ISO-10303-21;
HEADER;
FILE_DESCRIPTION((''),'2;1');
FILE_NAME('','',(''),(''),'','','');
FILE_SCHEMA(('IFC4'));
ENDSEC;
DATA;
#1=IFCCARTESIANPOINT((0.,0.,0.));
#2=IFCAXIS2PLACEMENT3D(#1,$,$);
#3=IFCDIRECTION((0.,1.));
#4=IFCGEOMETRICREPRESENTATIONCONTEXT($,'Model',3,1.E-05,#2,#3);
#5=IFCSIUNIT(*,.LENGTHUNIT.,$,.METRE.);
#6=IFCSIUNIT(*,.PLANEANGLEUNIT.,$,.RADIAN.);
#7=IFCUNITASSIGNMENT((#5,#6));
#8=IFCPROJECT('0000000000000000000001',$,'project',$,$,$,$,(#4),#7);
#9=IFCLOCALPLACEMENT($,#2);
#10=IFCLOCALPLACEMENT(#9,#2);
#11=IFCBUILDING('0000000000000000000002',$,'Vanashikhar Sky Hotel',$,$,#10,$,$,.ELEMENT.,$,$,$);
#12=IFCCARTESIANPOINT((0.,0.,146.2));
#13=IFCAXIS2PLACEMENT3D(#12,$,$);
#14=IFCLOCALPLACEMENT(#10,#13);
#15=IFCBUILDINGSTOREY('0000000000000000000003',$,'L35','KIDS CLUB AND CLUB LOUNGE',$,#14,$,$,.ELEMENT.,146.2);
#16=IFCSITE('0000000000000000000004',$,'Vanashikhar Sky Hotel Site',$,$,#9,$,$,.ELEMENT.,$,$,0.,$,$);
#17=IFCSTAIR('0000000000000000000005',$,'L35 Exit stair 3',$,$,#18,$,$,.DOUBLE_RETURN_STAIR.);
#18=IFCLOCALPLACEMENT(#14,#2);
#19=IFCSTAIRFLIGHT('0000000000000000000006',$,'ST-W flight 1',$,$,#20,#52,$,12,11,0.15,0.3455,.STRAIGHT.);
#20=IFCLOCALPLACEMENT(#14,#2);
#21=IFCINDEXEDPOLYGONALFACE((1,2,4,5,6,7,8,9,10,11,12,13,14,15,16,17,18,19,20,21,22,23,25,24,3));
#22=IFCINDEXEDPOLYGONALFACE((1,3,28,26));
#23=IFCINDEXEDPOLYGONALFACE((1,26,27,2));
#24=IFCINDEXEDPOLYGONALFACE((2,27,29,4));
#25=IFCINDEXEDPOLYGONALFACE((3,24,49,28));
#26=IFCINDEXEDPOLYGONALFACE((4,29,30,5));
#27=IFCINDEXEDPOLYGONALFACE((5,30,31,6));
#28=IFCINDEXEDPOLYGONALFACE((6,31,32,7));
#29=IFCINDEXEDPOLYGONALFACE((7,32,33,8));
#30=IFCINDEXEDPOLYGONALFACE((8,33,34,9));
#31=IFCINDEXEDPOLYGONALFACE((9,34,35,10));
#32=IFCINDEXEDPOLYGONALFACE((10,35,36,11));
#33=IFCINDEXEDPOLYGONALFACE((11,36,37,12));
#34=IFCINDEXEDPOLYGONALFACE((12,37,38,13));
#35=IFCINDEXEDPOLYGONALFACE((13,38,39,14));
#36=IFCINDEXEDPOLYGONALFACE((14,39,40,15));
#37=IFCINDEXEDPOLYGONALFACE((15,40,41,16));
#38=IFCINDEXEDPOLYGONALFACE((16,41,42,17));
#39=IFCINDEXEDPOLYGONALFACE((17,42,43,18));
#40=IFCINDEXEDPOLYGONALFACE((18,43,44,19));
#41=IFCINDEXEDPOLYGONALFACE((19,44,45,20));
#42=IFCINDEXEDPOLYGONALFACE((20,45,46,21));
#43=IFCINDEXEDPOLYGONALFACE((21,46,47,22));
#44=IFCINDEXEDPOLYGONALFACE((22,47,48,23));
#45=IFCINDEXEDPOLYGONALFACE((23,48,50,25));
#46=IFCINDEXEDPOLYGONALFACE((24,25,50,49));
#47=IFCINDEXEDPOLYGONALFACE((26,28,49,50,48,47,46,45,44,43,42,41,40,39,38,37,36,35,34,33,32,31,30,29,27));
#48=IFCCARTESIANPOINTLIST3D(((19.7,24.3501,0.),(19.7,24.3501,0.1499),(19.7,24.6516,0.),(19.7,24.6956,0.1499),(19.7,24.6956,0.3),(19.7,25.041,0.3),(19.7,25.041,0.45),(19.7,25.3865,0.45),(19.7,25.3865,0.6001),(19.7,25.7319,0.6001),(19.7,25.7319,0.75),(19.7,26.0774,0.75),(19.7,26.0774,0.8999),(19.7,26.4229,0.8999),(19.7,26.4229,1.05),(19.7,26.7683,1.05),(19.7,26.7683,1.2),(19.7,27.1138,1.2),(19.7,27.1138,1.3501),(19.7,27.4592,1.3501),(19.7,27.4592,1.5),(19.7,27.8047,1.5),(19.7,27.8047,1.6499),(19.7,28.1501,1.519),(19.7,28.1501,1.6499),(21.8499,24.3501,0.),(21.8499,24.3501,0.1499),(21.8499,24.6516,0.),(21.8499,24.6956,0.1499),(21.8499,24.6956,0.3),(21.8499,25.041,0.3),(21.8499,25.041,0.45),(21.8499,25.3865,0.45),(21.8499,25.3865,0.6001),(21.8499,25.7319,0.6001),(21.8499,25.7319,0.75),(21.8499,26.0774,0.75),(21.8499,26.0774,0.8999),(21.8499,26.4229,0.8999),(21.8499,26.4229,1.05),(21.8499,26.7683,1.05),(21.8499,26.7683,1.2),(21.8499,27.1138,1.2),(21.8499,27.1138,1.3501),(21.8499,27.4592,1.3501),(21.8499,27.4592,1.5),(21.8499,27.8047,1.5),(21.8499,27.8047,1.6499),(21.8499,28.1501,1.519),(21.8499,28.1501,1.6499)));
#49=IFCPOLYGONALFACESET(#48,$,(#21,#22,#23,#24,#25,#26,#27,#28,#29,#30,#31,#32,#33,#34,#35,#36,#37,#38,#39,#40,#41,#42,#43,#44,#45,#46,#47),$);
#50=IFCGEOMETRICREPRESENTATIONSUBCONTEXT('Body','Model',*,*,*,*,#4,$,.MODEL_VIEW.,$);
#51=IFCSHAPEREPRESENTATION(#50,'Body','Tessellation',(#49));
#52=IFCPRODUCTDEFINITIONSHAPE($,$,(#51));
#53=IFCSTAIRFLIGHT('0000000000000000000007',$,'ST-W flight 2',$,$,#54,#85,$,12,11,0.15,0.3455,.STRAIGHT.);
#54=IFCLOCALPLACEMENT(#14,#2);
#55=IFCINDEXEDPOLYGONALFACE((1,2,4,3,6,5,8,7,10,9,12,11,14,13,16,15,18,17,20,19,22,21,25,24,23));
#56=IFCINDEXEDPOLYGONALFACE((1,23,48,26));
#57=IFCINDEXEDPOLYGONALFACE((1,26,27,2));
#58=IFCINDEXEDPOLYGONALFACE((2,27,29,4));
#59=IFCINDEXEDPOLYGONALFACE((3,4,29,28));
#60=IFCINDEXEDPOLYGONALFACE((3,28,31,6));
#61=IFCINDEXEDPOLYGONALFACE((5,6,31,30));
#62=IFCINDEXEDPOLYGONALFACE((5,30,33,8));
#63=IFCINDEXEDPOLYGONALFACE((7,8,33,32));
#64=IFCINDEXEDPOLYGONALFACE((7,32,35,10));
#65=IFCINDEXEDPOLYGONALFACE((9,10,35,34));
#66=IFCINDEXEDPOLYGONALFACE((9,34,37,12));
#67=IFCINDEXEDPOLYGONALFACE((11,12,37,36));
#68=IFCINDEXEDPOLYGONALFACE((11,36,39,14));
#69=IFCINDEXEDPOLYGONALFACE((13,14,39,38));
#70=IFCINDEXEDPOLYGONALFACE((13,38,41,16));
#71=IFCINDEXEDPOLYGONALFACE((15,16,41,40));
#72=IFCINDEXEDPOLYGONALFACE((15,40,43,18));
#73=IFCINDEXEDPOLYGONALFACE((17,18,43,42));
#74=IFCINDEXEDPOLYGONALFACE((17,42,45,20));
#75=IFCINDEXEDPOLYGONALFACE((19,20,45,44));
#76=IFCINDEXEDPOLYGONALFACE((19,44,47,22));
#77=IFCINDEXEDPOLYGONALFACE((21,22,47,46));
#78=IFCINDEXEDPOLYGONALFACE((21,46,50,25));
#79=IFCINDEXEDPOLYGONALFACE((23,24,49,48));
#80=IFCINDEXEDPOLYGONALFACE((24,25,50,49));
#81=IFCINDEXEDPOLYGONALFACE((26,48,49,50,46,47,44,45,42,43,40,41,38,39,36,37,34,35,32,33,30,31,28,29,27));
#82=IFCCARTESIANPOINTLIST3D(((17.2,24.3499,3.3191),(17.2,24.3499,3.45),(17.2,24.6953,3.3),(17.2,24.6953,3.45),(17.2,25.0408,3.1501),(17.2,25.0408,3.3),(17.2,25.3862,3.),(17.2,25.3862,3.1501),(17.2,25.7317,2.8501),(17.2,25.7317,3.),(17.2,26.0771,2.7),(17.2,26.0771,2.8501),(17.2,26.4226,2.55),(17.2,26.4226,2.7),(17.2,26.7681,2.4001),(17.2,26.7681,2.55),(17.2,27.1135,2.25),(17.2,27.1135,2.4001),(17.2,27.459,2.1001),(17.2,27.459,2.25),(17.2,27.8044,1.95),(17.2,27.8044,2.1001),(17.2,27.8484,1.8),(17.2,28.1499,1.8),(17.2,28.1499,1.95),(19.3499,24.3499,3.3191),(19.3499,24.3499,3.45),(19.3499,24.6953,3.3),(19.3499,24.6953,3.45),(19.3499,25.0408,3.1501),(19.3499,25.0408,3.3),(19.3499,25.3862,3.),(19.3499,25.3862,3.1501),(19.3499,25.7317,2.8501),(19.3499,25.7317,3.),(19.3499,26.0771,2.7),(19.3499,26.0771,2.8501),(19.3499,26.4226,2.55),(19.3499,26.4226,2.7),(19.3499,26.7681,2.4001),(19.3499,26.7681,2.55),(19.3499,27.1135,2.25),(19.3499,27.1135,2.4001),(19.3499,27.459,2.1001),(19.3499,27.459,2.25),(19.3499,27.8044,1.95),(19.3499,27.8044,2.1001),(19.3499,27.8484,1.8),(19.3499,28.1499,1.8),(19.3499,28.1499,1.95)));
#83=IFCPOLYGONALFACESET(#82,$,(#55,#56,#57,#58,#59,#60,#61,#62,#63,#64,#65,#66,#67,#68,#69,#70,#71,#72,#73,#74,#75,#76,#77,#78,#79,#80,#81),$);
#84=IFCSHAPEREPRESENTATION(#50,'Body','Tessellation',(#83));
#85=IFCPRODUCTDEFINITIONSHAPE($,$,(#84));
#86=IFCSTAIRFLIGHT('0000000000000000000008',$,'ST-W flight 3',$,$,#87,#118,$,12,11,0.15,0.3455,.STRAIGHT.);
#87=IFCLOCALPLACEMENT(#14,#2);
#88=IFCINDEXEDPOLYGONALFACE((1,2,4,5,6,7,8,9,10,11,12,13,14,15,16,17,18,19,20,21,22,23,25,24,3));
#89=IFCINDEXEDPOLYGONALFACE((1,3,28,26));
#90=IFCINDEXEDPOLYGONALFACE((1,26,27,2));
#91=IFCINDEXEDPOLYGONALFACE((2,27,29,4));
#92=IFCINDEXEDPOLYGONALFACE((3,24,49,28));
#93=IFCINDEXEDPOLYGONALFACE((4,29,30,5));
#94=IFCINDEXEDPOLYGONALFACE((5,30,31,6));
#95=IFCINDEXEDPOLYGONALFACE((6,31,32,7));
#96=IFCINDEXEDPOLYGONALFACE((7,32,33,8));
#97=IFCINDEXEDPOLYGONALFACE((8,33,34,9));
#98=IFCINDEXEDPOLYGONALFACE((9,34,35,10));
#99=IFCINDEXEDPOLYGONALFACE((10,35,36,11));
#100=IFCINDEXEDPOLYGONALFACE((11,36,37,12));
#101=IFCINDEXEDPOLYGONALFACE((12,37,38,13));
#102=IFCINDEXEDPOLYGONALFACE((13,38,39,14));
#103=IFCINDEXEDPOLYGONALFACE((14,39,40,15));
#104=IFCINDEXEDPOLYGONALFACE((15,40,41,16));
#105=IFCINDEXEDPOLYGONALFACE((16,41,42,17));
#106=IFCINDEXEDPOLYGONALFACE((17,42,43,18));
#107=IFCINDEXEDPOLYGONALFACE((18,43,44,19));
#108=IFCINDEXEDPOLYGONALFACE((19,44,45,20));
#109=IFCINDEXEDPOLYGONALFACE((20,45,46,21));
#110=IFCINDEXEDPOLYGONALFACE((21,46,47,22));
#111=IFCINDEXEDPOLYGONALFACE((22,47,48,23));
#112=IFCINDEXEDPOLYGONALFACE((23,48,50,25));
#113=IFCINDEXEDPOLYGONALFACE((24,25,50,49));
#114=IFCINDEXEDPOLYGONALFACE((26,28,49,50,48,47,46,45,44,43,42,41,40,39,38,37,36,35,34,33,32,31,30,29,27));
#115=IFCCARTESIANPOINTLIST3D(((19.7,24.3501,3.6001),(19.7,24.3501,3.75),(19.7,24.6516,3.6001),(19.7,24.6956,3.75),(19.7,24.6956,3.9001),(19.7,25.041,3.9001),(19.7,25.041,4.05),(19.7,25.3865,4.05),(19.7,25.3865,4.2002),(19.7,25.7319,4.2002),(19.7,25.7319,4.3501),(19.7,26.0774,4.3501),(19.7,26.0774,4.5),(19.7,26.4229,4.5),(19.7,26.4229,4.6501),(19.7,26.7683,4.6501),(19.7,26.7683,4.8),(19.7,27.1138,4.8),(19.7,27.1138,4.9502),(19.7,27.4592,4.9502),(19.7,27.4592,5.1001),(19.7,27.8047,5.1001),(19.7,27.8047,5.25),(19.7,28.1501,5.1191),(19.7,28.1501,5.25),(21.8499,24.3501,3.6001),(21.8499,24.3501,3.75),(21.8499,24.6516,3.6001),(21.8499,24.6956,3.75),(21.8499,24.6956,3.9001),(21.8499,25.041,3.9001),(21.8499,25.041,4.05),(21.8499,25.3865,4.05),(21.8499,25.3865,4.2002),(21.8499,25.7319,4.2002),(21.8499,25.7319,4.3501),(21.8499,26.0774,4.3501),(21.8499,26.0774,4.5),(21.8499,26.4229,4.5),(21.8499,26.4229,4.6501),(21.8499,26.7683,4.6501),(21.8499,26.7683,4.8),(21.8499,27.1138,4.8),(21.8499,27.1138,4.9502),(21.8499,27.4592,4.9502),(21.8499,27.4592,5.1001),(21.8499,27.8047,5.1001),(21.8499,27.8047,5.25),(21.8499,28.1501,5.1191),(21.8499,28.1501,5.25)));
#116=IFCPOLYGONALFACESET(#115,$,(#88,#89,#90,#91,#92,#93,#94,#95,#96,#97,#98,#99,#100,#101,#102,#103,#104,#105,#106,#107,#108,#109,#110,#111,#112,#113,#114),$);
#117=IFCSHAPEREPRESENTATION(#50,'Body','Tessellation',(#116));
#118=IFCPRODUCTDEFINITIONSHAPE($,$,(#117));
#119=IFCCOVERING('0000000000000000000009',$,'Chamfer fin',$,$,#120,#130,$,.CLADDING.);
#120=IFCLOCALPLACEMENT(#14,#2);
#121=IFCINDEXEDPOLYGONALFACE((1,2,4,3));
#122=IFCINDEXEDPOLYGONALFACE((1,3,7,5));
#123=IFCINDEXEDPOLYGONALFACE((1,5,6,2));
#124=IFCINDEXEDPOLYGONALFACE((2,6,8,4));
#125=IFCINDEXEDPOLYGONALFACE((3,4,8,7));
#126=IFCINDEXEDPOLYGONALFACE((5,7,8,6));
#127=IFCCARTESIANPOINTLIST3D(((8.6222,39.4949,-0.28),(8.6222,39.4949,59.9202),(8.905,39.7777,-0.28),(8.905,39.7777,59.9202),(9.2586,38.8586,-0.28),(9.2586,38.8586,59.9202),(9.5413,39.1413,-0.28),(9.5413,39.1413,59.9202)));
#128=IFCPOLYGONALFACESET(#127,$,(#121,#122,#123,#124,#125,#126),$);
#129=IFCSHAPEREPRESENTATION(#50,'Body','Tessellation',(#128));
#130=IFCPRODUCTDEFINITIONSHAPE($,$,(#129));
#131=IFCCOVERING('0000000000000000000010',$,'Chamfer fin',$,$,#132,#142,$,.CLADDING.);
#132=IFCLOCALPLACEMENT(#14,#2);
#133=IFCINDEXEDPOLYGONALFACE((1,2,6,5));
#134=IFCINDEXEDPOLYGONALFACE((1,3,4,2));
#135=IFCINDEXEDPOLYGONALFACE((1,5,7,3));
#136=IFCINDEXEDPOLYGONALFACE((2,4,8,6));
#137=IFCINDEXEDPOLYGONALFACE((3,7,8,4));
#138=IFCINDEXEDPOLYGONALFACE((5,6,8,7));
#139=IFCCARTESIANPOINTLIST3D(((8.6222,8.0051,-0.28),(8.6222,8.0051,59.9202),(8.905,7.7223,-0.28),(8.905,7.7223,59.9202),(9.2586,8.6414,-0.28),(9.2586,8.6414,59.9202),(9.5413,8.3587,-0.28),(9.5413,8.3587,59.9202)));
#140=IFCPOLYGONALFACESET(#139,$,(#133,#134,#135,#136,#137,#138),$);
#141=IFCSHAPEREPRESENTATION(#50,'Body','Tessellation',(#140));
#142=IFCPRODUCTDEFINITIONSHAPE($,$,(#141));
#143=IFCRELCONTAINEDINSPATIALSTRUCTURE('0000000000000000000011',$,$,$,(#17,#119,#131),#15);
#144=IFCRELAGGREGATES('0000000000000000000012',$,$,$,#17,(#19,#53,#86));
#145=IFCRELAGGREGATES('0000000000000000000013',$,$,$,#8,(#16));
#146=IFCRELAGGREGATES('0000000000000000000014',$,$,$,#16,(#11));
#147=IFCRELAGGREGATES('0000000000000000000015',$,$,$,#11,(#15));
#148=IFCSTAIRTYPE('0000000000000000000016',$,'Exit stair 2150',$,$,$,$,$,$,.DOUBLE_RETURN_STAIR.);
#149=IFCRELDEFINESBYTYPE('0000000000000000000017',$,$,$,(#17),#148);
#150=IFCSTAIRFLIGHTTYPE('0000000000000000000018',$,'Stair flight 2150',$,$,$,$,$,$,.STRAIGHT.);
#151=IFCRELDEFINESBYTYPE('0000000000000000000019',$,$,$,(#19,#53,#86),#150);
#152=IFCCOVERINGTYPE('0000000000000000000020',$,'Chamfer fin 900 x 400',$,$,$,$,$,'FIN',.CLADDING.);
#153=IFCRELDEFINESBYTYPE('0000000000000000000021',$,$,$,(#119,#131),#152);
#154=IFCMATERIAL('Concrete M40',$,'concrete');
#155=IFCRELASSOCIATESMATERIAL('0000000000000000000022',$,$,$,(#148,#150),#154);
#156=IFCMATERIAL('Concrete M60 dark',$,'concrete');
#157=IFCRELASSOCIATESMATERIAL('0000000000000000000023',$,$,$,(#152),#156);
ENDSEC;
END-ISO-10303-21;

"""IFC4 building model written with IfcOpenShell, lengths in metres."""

from ifc_helpers import new_model, si_unit, direction, frame, origin, origin_2d, place, context, subcontext, project, spatial, polyline, rectangle, outline, extrude, source, transform, mapped, material, material_profile, profile_set, type_object, element, aggregate, save


model = new_model("IFC4")

# Units and contexts
model_context = context("Model", 3, precision=1e-05, world=origin(), true_north=direction((0.0, 1.0)))
body_context = subcontext(model_context, "Body", "Model", "MODEL_VIEW")
ifc_project = project(units=[si_unit("LENGTHUNIT", "METRE"), si_unit("PLANEANGLEUNIT", "RADIAN")], contexts=[model_context])

# Site, building, storey
site_placement = place(None, origin())
site = spatial("IfcSite", under=ifc_project, at=site_placement, Name="Vanashikhar Sky Hotel Site", CompositionType="ELEMENT", RefElevation=0.0)
building_placement = place(site_placement, origin())
building = spatial("IfcBuilding", under=site, at=building_placement, Name="Vanashikhar Sky Hotel", CompositionType="ELEMENT")
storey_placement = place(building_placement, frame((0.0, 0.0, 146.2)))
storey = spatial("IfcBuildingStorey", under=building, at=storey_placement, Name="L35", Description="KIDS CLUB AND CLUB LOUNGE", CompositionType="ELEMENT", Elevation=146.2)

# Stair, stair flights
ifc_material_1 = material(Name="Concrete M40", Category="concrete")
stair_type = type_object("IfcStairType", Name="Exit stair 2150", PredefinedType="DOUBLE_RETURN_STAIR", material=ifc_material_1)
stair_placement = place(storey_placement, origin())
stair = element("IfcStair", 1, at=stair_placement, inside=storey, type_object=stair_type, Name="L35 Exit stair 3", PredefinedType="DOUBLE_RETURN_STAIR")
stair_flight_type = type_object("IfcStairFlightType", Name="Stair flight 2150", PredefinedType="STRAIGHT", material=ifc_material_1)
shared_shape_1 = source(origin(), body_context, "Body", "SweptSolid", [
    extrude(outline(polyline([(0.0, 0.0), (0.0, 0.1499), (0.3455, 0.1499), (0.3455, 0.3), (0.6909, 0.3), (0.6909, 0.45), (1.0364, 0.45), (1.0364, 0.6001), (1.3818, 0.6001), (1.3818, 0.75), (1.7273, 0.75), (1.7273, 0.8999), (2.0728, 0.8999), (2.0728, 1.05), (2.4182, 1.05), (2.4182, 1.2), (2.7637, 1.2), (2.7637, 1.3501), (3.1091, 1.3501), (3.1091, 1.5), (3.4546, 1.5), (3.4546, 1.6499), (3.8, 1.6499), (3.8, 1.8), (3.8, 1.519), (0.3015, 0.0), (0.0, 0.0)])), frame((0.0, 1.075, 0.0), z_axis=(0.0, -1.0, 0.0), x_axis=(1.0, 0.0, 0.0)), (0.0, 0.0, 1.0), 2.1499),
])
stair_flight_1_placement = place(storey_placement, frame((20.7749, 24.3501, 0.0), z_axis=(0.0, 0.0, 1.0), x_axis=(0.0, 1.0, 0.0)))
stair_flight_1 = element("IfcStairFlight", 2, at=stair_flight_1_placement, type_object=stair_flight_type, Name="ST-W flight 1", NumberOfRisers=12, NumberOfTreads=11, PredefinedType="STRAIGHT", RiserHeight=0.15, TreadLength=0.3455, context=body_context, shape_type="MappedRepresentation", body=[
    mapped(shared_shape_1, transform((0.0, 0.0, 0.0), scale=1.0)),
])
stair_flight_2_placement = place(storey_placement, frame((18.2749, 28.1499, 1.8), z_axis=(0.0, 0.0, 1.0), x_axis=(0.0, -1.0, 0.0)))
stair_flight_2 = element("IfcStairFlight", 3, at=stair_flight_2_placement, type_object=stair_flight_type, Name="ST-W flight 2", NumberOfRisers=12, NumberOfTreads=11, PredefinedType="STRAIGHT", RiserHeight=0.15, TreadLength=0.3455, context=body_context, shape_type="MappedRepresentation", body=[
    mapped(shared_shape_1, transform((0.0, 0.0, 0.0), scale=1.0)),
])
stair_flight_3_placement = place(storey_placement, frame((20.7749, 24.3501, 3.6001), z_axis=(0.0, 0.0, 1.0), x_axis=(0.0, 1.0, 0.0)))
stair_flight_3 = element("IfcStairFlight", 4, at=stair_flight_3_placement, type_object=stair_flight_type, Name="ST-W flight 3", NumberOfRisers=12, NumberOfTreads=11, PredefinedType="STRAIGHT", RiserHeight=0.15, TreadLength=0.3455, context=body_context, shape_type="MappedRepresentation", body=[
    mapped(shared_shape_1, transform((0.0, 0.0, 0.0), scale=1.0)),
])
aggregate(stair, [stair_flight_1, stair_flight_2, stair_flight_3])

# Coverings
ifc_material_2 = material(Name="Concrete M60 dark", Category="concrete")
ifc_material_profile_1 = material_profile(ifc_material_2, rectangle(XDim=0.8999, YDim=0.3999, at=origin_2d()))
ifc_profile_set_1 = profile_set([ifc_material_profile_1], Name="Chamfer fin 900 x 400")
covering_type = type_object("IfcCoveringType", Name="Chamfer fin 900 x 400", ElementType="FIN", PredefinedType="CLADDING", material=ifc_profile_set_1)
shared_shape_2 = source(origin(), body_context, "Body", "SweptSolid", [
    extrude(rectangle(XDim=0.8999, YDim=0.3999, at=origin_2d()), origin(), (0.0, 0.0, 1.0), 60.2002),
])
for number, where, z_axis, x_axis, name in (
    (5, (9.0818, 39.3181, -0.28), (0.0, 0.0, 1.0), (-0.707107, 0.707107, 0.0), "Chamfer fin"),
    (6, (9.0818, 8.1819, -0.28), (0.0, 0.0, 1.0), (-0.707107, -0.707107, 0.0), "Chamfer fin"),
):
    element("IfcCovering", number, at=place(storey_placement, frame(where, z_axis=z_axis, x_axis=x_axis)), inside=storey, type_object=covering_type, Name=name, PredefinedType="CLADDING", context=body_context, shape_type="MappedRepresentation", body=[
        mapped(shared_shape_2, transform((0.0, 0.0, 0.0), scale=1.0)),
    ])

save(model, "model.ifc")
